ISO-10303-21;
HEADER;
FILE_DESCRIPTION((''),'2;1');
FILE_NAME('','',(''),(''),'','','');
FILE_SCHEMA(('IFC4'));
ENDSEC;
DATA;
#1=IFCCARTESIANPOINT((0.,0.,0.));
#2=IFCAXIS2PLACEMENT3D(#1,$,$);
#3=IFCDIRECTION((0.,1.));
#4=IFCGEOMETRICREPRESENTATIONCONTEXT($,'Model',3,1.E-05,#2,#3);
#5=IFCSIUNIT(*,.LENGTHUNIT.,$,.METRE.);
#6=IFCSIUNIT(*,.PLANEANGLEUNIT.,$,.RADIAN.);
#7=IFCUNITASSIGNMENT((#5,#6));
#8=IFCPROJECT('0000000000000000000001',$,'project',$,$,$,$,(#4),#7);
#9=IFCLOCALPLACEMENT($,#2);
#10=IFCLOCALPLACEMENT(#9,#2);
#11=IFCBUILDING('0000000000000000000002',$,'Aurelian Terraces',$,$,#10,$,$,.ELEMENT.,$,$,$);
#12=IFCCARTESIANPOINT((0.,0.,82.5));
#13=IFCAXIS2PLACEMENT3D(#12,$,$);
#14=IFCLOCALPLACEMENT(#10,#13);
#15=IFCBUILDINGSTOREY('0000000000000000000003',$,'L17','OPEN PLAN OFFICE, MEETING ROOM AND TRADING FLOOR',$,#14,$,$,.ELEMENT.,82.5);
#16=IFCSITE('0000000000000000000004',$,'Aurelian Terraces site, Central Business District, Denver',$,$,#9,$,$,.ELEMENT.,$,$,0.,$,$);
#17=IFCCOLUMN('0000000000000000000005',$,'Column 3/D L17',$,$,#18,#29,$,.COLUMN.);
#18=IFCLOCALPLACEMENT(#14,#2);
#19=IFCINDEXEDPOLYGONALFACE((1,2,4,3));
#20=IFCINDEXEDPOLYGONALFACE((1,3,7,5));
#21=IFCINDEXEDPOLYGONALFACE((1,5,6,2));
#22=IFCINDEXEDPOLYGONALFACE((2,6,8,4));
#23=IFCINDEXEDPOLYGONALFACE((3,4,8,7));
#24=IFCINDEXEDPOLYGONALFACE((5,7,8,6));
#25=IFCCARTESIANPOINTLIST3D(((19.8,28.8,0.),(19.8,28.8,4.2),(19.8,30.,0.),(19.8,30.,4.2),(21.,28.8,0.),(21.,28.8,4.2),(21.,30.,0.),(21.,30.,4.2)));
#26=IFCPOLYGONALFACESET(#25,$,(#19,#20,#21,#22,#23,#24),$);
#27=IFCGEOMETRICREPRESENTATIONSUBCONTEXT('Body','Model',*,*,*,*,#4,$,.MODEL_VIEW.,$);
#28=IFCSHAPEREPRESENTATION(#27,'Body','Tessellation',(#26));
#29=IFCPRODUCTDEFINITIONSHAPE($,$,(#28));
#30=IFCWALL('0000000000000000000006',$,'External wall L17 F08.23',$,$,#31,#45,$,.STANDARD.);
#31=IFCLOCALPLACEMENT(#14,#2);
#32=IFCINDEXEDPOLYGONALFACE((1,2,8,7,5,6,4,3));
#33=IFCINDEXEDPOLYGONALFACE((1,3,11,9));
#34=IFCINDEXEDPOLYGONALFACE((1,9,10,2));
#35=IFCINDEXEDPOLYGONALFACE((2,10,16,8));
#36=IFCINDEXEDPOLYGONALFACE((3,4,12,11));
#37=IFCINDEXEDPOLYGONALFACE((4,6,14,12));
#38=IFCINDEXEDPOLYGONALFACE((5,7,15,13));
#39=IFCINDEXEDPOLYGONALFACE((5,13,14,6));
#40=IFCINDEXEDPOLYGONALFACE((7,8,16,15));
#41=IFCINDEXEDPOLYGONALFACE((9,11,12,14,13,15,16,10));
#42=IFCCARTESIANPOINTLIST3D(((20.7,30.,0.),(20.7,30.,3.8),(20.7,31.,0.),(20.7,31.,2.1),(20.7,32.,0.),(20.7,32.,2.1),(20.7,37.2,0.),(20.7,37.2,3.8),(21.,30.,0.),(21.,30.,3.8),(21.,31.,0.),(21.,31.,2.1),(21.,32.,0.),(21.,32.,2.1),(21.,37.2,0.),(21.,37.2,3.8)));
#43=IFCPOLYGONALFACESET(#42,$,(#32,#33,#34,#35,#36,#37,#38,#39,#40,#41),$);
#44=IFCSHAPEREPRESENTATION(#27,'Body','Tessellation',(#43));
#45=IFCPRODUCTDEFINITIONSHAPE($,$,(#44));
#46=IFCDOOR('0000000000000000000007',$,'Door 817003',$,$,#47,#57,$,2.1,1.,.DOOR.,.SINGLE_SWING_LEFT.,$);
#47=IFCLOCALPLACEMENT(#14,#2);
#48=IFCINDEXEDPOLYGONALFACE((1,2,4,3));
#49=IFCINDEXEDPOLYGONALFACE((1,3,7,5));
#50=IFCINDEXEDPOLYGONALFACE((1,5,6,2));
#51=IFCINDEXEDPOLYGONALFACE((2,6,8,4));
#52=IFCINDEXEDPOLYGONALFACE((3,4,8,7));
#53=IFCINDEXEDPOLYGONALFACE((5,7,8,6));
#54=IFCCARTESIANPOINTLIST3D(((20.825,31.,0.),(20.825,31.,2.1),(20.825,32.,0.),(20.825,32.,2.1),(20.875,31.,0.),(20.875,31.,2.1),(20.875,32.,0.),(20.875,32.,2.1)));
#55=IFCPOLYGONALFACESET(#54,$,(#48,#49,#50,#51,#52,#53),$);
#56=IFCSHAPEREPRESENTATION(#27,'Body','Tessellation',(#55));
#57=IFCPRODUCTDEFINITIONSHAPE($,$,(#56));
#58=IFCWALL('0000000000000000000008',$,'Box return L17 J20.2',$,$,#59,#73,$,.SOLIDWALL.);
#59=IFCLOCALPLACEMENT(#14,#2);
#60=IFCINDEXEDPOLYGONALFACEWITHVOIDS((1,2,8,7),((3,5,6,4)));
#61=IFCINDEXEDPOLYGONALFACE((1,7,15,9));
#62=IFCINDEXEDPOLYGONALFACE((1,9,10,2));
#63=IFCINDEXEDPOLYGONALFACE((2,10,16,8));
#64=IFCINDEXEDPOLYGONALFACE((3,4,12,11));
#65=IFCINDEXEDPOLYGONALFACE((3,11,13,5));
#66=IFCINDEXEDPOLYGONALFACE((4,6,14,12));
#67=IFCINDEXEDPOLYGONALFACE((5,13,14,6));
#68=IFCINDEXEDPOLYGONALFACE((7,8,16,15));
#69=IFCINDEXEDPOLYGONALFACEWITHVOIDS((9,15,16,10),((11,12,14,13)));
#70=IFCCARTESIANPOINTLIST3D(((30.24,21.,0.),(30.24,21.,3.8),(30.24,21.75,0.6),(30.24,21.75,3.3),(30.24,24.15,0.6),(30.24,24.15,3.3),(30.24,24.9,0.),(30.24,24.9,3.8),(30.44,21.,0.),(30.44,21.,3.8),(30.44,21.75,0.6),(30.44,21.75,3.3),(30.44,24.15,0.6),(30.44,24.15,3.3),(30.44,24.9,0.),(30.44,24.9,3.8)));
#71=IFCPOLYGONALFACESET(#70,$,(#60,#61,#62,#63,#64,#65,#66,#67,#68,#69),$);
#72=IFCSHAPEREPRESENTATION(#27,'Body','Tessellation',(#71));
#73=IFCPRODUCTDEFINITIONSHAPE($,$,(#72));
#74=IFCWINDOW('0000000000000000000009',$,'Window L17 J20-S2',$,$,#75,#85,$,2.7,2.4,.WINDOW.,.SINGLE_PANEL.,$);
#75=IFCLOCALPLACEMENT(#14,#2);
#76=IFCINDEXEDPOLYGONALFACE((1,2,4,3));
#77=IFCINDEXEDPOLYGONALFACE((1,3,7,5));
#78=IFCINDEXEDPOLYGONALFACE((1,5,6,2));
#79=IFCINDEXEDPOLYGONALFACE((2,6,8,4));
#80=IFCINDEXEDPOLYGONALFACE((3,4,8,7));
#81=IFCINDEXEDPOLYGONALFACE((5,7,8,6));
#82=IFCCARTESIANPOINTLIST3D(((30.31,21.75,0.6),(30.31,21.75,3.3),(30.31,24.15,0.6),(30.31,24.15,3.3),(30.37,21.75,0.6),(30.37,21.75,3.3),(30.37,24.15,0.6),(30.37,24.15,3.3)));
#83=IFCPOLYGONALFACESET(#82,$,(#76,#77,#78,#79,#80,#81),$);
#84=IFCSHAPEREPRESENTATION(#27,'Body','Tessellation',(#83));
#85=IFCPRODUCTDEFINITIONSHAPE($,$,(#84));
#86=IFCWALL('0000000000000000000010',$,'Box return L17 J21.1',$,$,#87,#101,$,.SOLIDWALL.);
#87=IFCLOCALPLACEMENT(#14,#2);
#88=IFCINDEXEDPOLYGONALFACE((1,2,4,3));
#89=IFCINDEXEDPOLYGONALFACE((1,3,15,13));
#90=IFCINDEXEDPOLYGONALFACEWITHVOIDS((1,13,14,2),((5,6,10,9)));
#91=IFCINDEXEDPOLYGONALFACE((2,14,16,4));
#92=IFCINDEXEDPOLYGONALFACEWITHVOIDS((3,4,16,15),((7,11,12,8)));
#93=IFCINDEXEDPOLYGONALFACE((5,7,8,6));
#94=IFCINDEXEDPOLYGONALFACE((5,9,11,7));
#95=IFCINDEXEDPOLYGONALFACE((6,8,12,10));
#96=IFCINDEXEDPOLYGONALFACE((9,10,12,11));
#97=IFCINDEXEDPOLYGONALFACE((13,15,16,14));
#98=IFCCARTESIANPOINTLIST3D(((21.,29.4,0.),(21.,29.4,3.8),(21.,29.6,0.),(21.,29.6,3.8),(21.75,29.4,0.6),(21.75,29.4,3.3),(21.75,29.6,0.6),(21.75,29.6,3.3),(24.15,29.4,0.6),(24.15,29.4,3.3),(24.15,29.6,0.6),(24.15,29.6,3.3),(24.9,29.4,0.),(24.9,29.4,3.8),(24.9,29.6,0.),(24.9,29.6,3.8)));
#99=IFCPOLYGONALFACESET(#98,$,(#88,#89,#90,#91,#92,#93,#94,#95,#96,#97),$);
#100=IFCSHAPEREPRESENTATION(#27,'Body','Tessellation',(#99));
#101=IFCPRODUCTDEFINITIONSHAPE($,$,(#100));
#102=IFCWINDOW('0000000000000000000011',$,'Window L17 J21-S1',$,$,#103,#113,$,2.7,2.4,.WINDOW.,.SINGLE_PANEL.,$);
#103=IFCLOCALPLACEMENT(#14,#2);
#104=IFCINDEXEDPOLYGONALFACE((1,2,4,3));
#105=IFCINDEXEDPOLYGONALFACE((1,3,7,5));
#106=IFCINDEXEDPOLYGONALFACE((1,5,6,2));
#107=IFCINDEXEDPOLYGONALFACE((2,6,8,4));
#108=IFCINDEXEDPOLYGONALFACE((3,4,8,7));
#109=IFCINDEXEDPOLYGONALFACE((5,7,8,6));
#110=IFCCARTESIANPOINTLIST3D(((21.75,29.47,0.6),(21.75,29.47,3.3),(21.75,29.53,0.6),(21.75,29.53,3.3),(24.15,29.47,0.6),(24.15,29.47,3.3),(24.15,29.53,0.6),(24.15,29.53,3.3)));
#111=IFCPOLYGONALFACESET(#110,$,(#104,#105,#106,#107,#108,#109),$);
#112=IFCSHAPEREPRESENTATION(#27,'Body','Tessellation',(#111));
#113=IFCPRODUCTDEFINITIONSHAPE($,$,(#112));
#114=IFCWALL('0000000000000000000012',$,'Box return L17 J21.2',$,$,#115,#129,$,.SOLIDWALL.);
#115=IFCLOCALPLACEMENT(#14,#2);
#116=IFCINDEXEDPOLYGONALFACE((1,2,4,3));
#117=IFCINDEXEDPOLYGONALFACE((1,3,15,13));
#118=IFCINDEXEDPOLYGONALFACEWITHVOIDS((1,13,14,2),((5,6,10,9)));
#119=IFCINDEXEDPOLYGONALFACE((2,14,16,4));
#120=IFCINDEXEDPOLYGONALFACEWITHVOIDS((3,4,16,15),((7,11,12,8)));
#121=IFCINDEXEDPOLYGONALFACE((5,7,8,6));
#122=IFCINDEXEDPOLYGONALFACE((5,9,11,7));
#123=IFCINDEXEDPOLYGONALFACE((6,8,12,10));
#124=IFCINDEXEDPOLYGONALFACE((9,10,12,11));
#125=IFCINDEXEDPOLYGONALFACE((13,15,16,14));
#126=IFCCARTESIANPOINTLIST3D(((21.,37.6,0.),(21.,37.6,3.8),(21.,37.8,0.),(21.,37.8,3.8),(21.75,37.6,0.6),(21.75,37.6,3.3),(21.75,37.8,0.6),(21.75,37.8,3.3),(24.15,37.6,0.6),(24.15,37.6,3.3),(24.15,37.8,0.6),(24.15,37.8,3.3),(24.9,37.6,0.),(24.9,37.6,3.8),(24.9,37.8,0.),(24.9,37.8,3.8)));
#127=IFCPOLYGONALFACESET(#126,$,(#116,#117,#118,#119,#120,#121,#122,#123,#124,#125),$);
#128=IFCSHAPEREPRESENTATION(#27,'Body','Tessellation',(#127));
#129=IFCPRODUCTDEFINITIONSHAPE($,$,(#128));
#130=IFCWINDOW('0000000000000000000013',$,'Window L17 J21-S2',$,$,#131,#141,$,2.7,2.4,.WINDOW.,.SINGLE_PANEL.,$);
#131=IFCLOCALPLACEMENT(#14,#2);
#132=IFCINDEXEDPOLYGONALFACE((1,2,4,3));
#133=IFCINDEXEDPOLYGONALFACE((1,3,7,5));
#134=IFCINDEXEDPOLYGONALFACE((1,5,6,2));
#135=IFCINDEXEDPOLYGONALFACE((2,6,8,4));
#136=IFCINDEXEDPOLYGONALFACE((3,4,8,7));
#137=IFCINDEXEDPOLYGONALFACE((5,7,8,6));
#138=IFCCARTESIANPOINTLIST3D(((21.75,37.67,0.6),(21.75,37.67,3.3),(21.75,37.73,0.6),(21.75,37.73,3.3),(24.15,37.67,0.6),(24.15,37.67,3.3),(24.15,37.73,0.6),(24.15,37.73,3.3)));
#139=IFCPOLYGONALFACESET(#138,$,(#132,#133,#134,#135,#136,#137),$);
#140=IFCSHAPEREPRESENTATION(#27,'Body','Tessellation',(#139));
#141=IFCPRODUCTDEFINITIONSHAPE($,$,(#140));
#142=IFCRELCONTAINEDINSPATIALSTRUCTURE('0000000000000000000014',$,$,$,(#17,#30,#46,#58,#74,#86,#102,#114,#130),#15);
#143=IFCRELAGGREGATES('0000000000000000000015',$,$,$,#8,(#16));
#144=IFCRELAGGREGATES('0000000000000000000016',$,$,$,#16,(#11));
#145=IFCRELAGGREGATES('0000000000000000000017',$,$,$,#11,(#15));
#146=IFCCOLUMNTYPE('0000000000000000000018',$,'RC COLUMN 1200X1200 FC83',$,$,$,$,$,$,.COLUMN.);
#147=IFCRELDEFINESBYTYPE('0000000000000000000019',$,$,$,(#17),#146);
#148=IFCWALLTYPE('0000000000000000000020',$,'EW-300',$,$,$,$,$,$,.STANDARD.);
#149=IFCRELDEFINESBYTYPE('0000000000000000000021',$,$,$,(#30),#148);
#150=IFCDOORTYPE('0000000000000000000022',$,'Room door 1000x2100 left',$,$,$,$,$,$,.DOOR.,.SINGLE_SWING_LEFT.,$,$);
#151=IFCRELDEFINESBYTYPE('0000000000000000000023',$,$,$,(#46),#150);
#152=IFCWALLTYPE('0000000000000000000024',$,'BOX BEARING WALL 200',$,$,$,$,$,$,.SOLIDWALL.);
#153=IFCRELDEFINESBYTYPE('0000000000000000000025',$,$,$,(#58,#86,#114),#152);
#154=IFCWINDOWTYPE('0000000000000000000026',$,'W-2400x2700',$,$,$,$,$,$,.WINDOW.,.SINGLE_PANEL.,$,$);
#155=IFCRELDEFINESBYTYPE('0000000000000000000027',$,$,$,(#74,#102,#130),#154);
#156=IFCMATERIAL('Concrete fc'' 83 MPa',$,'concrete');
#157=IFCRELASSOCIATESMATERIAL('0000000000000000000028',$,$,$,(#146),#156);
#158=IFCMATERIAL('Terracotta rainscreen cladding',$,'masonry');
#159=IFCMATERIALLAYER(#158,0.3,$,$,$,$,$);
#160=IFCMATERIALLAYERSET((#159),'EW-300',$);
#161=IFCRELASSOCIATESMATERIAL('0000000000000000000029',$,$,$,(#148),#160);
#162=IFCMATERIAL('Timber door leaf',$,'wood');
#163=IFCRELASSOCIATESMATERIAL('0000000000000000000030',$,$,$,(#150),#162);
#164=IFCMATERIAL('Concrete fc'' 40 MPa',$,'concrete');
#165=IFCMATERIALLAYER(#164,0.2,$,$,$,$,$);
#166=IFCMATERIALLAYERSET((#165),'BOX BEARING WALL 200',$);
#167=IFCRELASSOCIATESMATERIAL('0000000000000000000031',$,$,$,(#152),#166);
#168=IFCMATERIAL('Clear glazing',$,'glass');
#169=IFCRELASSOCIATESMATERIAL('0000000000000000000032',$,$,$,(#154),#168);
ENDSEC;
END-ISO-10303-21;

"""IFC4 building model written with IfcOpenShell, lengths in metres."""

from ifc_helpers import new_model, si_unit, direction, frame, frame_2d, origin, origin_2d, place, context, subcontext, project, spatial, rectangle, extrude, source, transform, mapped, material, layer, layer_set, material_profile, profile_set, type_object, element, fill, save


model = new_model("IFC4")

# Units and contexts
model_context = context("Model", 3, precision=1e-05, world=origin(), true_north=direction((0.0, 1.0)))
body_context = subcontext(model_context, "Body", "Model", "MODEL_VIEW")
ifc_project = project(units=[si_unit("LENGTHUNIT", "METRE"), si_unit("PLANEANGLEUNIT", "RADIAN")], contexts=[model_context])

# Site, building, storey
site_placement = place(None, origin())
site = spatial("IfcSite", under=ifc_project, at=site_placement, Name="Aurelian Terraces site, Central Business District, Denver", CompositionType="ELEMENT", RefElevation=0.0)
building_placement = place(site_placement, origin())
building = spatial("IfcBuilding", under=site, at=building_placement, Name="Aurelian Terraces", CompositionType="ELEMENT")
storey_placement = place(building_placement, frame((0.0, 0.0, 82.5)))
storey = spatial("IfcBuildingStorey", under=building, at=storey_placement, Name="L17", Description="OPEN PLAN OFFICE, MEETING ROOM AND TRADING FLOOR", CompositionType="ELEMENT", Elevation=82.5)

# Column
ifc_material_1 = material(Name="Concrete fc' 83 MPa", Category="concrete")
ifc_material_profile = material_profile(ifc_material_1, rectangle(XDim=1.2, YDim=1.2, at=origin_2d()))
ifc_profile_set = profile_set([ifc_material_profile], Name="Concrete fc' 83 MPa")
column_type = type_object("IfcColumnType", Name="RC COLUMN 1200X1200 FC83", PredefinedType="COLUMN", material=ifc_profile_set)
shared_shape_1 = source(origin(), body_context, "Body", "SweptSolid", [
    extrude(rectangle(XDim=1.2, YDim=1.2, at=origin_2d()), origin(), (0.0, 0.0, 1.0), 4.2),
])
column_placement = place(storey_placement, frame((20.4, 29.4, 0.0), z_axis=(0.0, 0.0, 1.0), x_axis=(1.0, 0.0, 0.0)))
element("IfcColumn", 1, at=column_placement, inside=storey, type_object=column_type, Name="Column 3/D L17", PredefinedType="COLUMN", context=body_context, shape_type="MappedRepresentation", body=[
    mapped(shared_shape_1, transform((0.0, 0.0, 0.0), scale=1.0)),
])

# Wall, opening, door
ifc_material_2 = material(Name="Terracotta rainscreen cladding", Category="masonry")
ifc_layer_1 = layer(ifc_material_2, 0.3)
ifc_layer_set_1 = layer_set([ifc_layer_1], Name="EW-300")
wall_type_1 = type_object("IfcWallType", Name="EW-300", PredefinedType="STANDARD", material=ifc_layer_set_1)
shared_shape_2 = source(origin(), body_context, "Body", "SweptSolid", [
    extrude(rectangle(XDim=7.2, YDim=0.3, at=frame_2d((3.6, 0.0))), origin(), (0.0, 0.0, 1.0), 3.8),
])
wall_1_placement = place(storey_placement, frame((20.85, 30.0, 0.0), z_axis=(0.0, 0.0, 1.0), x_axis=(0.0, 1.0, 0.0)))
wall_1 = element("IfcWall", 2, at=wall_1_placement, inside=storey, type_object=wall_type_1, Name="External wall L17 F08.23", PredefinedType="STANDARD", context=body_context, shape_type="MappedRepresentation", body=[
    mapped(shared_shape_2, transform((0.0, 0.0, 0.0), scale=1.0)),
])
shared_shape_3 = source(origin(), body_context, "Body", "SweptSolid", [
    extrude(rectangle(XDim=1.0, YDim=2.1, at=frame_2d((0.5, 1.05))), frame((0.0, 0.16, 0.0), z_axis=(0.0, -1.0, 0.0), x_axis=(1.0, 0.0, 0.0)), (0.0, 0.0, 1.0), 0.32),
])
opening_1_placement = place(wall_1_placement, frame((1.0, 0.0, 0.0)))
opening_1 = element("IfcOpeningElement", 3, at=opening_1_placement, cuts=wall_1, PredefinedType="OPENING", context=body_context, shape_type="MappedRepresentation", body=[
    mapped(shared_shape_3, transform((0.0, 0.0, 0.0), scale=1.0)),
])
ifc_material_3 = material(Name="Timber door leaf", Category="wood")
door_type = type_object("IfcDoorType", Name="Room door 1000x2100 left", OperationType="SINGLE_SWING_LEFT", PredefinedType="DOOR", material=ifc_material_3)
shared_shape_4 = source(origin(), body_context, "Body", "SweptSolid", [
    extrude(rectangle(XDim=1.0, YDim=2.1, at=frame_2d((0.5, 1.05))), frame((0.0, 0.025, 0.0), z_axis=(0.0, -1.0, 0.0), x_axis=(1.0, 0.0, 0.0)), (0.0, 0.0, 1.0), 0.05),
])
door_placement = place(opening_1_placement, origin())
door = element("IfcDoor", 4, at=door_placement, inside=storey, type_object=door_type, Name="Door 817003", OperationType="SINGLE_SWING_LEFT", OverallHeight=2.1, OverallWidth=1.0, PredefinedType="DOOR", context=body_context, shape_type="MappedRepresentation", body=[
    mapped(shared_shape_4, transform((0.0, 0.0, 0.0), scale=1.0)),
])
fill(opening_1, door)

# Walls, openings, windows
ifc_material_4 = material(Name="Concrete fc' 40 MPa", Category="concrete")
ifc_layer_2 = layer(ifc_material_4, 0.2)
ifc_layer_set_2 = layer_set([ifc_layer_2], Name="BOX BEARING WALL 200")
wall_type_2 = type_object("IfcWallType", Name="BOX BEARING WALL 200", PredefinedType="SOLIDWALL", material=ifc_layer_set_2)
shared_shape_5 = source(origin(), body_context, "Body", "SweptSolid", [
    extrude(rectangle(XDim=3.9, YDim=0.2, at=frame_2d((1.95, 0.0))), origin(), (0.0, 0.0, 1.0), 3.8),
])
wall_2_placement = place(storey_placement, frame((30.34, 21.0, 0.0), z_axis=(0.0, 0.0, 1.0), x_axis=(0.0, 1.0, 0.0)))
wall_2 = element("IfcWall", 5, at=wall_2_placement, inside=storey, type_object=wall_type_2, Name="Box return L17 J20.2", PredefinedType="SOLIDWALL", context=body_context, shape_type="MappedRepresentation", body=[
    mapped(shared_shape_5, transform((0.0, 0.0, 0.0), scale=1.0)),
])
shared_shape_6 = source(origin(), body_context, "Body", "SweptSolid", [
    extrude(rectangle(XDim=2.4, YDim=2.7, at=frame_2d((1.2, 1.35))), frame((0.0, 0.11, 0.0), z_axis=(0.0, -1.0, 0.0), x_axis=(1.0, 0.0, 0.0)), (0.0, 0.0, 1.0), 0.22),
])
opening_2_placement = place(wall_2_placement, frame((0.75, 0.0, 0.6)))
opening_2 = element("IfcOpeningElement", 6, at=opening_2_placement, cuts=wall_2, PredefinedType="OPENING", context=body_context, shape_type="MappedRepresentation", body=[
    mapped(shared_shape_6, transform((0.0, 0.0, 0.0), scale=1.0)),
])
ifc_material_5 = material(Name="Clear glazing", Category="glass")
window_type_1 = type_object("IfcWindowType", Name="W-2400x2700", PartitioningType="SINGLE_PANEL", PredefinedType="WINDOW", material=ifc_material_5)
shared_shape_7 = source(origin(), body_context, "Body", "SweptSolid", [
    extrude(rectangle(XDim=2.4, YDim=2.7, at=frame_2d((1.2, 1.35))), frame((0.0, 0.03, 0.0), z_axis=(0.0, -1.0, 0.0), x_axis=(1.0, 0.0, 0.0)), (0.0, 0.0, 1.0), 0.06),
])
window_1_placement = place(opening_2_placement, origin())
window_1 = element("IfcWindow", 7, at=window_1_placement, inside=storey, type_object=window_type_1, Name="Window L17 J20-S2", OverallHeight=2.7, OverallWidth=2.4, PartitioningType="SINGLE_PANEL", PredefinedType="WINDOW", context=body_context, shape_type="MappedRepresentation", body=[
    mapped(shared_shape_7, transform((0.0, 0.0, 0.0), scale=1.0)),
])
fill(opening_2, window_1)
wall_3_placement = place(storey_placement, frame((21.0, 29.5, 0.0), z_axis=(0.0, 0.0, 1.0), x_axis=(1.0, 0.0, 0.0)))
wall_3 = element("IfcWall", 8, at=wall_3_placement, inside=storey, type_object=wall_type_2, Name="Box return L17 J21.1", PredefinedType="SOLIDWALL", context=body_context, shape_type="MappedRepresentation", body=[
    mapped(shared_shape_5, transform((0.0, 0.0, 0.0), scale=1.0)),
])
opening_3_placement = place(wall_3_placement, frame((0.75, 0.0, 0.6)))
opening_3 = element("IfcOpeningElement", 9, at=opening_3_placement, cuts=wall_3, PredefinedType="OPENING", context=body_context, shape_type="MappedRepresentation", body=[
    mapped(shared_shape_6, transform((0.0, 0.0, 0.0), scale=1.0)),
])
window_2_placement = place(opening_3_placement, origin())
window_2 = element("IfcWindow", 10, at=window_2_placement, inside=storey, type_object=window_type_1, Name="Window L17 J21-S1", OverallHeight=2.7, OverallWidth=2.4, PartitioningType="SINGLE_PANEL", PredefinedType="WINDOW", context=body_context, shape_type="MappedRepresentation", body=[
    mapped(shared_shape_7, transform((0.0, 0.0, 0.0), scale=1.0)),
])
fill(opening_3, window_2)
wall_4_placement = place(storey_placement, frame((21.0, 37.7, 0.0), z_axis=(0.0, 0.0, 1.0), x_axis=(1.0, 0.0, 0.0)))
wall_4 = element("IfcWall", 11, at=wall_4_placement, inside=storey, type_object=wall_type_2, Name="Box return L17 J21.2", PredefinedType="SOLIDWALL", context=body_context, shape_type="MappedRepresentation", body=[
    mapped(shared_shape_5, transform((0.0, 0.0, 0.0), scale=1.0)),
])
opening_4_placement = place(wall_4_placement, frame((0.75, 0.0, 0.6)))
opening_4 = element("IfcOpeningElement", 12, at=opening_4_placement, cuts=wall_4, PredefinedType="OPENING", context=body_context, shape_type="MappedRepresentation", body=[
    mapped(shared_shape_6, transform((0.0, 0.0, 0.0), scale=1.0)),
])
window_3_placement = place(opening_4_placement, origin())
window_3 = element("IfcWindow", 13, at=window_3_placement, inside=storey, type_object=window_type_1, Name="Window L17 J21-S2", OverallHeight=2.7, OverallWidth=2.4, PartitioningType="SINGLE_PANEL", PredefinedType="WINDOW", context=body_context, shape_type="MappedRepresentation", body=[
    mapped(shared_shape_7, transform((0.0, 0.0, 0.0), scale=1.0)),
])
fill(opening_4, window_3)

save(model, "model.ifc")
